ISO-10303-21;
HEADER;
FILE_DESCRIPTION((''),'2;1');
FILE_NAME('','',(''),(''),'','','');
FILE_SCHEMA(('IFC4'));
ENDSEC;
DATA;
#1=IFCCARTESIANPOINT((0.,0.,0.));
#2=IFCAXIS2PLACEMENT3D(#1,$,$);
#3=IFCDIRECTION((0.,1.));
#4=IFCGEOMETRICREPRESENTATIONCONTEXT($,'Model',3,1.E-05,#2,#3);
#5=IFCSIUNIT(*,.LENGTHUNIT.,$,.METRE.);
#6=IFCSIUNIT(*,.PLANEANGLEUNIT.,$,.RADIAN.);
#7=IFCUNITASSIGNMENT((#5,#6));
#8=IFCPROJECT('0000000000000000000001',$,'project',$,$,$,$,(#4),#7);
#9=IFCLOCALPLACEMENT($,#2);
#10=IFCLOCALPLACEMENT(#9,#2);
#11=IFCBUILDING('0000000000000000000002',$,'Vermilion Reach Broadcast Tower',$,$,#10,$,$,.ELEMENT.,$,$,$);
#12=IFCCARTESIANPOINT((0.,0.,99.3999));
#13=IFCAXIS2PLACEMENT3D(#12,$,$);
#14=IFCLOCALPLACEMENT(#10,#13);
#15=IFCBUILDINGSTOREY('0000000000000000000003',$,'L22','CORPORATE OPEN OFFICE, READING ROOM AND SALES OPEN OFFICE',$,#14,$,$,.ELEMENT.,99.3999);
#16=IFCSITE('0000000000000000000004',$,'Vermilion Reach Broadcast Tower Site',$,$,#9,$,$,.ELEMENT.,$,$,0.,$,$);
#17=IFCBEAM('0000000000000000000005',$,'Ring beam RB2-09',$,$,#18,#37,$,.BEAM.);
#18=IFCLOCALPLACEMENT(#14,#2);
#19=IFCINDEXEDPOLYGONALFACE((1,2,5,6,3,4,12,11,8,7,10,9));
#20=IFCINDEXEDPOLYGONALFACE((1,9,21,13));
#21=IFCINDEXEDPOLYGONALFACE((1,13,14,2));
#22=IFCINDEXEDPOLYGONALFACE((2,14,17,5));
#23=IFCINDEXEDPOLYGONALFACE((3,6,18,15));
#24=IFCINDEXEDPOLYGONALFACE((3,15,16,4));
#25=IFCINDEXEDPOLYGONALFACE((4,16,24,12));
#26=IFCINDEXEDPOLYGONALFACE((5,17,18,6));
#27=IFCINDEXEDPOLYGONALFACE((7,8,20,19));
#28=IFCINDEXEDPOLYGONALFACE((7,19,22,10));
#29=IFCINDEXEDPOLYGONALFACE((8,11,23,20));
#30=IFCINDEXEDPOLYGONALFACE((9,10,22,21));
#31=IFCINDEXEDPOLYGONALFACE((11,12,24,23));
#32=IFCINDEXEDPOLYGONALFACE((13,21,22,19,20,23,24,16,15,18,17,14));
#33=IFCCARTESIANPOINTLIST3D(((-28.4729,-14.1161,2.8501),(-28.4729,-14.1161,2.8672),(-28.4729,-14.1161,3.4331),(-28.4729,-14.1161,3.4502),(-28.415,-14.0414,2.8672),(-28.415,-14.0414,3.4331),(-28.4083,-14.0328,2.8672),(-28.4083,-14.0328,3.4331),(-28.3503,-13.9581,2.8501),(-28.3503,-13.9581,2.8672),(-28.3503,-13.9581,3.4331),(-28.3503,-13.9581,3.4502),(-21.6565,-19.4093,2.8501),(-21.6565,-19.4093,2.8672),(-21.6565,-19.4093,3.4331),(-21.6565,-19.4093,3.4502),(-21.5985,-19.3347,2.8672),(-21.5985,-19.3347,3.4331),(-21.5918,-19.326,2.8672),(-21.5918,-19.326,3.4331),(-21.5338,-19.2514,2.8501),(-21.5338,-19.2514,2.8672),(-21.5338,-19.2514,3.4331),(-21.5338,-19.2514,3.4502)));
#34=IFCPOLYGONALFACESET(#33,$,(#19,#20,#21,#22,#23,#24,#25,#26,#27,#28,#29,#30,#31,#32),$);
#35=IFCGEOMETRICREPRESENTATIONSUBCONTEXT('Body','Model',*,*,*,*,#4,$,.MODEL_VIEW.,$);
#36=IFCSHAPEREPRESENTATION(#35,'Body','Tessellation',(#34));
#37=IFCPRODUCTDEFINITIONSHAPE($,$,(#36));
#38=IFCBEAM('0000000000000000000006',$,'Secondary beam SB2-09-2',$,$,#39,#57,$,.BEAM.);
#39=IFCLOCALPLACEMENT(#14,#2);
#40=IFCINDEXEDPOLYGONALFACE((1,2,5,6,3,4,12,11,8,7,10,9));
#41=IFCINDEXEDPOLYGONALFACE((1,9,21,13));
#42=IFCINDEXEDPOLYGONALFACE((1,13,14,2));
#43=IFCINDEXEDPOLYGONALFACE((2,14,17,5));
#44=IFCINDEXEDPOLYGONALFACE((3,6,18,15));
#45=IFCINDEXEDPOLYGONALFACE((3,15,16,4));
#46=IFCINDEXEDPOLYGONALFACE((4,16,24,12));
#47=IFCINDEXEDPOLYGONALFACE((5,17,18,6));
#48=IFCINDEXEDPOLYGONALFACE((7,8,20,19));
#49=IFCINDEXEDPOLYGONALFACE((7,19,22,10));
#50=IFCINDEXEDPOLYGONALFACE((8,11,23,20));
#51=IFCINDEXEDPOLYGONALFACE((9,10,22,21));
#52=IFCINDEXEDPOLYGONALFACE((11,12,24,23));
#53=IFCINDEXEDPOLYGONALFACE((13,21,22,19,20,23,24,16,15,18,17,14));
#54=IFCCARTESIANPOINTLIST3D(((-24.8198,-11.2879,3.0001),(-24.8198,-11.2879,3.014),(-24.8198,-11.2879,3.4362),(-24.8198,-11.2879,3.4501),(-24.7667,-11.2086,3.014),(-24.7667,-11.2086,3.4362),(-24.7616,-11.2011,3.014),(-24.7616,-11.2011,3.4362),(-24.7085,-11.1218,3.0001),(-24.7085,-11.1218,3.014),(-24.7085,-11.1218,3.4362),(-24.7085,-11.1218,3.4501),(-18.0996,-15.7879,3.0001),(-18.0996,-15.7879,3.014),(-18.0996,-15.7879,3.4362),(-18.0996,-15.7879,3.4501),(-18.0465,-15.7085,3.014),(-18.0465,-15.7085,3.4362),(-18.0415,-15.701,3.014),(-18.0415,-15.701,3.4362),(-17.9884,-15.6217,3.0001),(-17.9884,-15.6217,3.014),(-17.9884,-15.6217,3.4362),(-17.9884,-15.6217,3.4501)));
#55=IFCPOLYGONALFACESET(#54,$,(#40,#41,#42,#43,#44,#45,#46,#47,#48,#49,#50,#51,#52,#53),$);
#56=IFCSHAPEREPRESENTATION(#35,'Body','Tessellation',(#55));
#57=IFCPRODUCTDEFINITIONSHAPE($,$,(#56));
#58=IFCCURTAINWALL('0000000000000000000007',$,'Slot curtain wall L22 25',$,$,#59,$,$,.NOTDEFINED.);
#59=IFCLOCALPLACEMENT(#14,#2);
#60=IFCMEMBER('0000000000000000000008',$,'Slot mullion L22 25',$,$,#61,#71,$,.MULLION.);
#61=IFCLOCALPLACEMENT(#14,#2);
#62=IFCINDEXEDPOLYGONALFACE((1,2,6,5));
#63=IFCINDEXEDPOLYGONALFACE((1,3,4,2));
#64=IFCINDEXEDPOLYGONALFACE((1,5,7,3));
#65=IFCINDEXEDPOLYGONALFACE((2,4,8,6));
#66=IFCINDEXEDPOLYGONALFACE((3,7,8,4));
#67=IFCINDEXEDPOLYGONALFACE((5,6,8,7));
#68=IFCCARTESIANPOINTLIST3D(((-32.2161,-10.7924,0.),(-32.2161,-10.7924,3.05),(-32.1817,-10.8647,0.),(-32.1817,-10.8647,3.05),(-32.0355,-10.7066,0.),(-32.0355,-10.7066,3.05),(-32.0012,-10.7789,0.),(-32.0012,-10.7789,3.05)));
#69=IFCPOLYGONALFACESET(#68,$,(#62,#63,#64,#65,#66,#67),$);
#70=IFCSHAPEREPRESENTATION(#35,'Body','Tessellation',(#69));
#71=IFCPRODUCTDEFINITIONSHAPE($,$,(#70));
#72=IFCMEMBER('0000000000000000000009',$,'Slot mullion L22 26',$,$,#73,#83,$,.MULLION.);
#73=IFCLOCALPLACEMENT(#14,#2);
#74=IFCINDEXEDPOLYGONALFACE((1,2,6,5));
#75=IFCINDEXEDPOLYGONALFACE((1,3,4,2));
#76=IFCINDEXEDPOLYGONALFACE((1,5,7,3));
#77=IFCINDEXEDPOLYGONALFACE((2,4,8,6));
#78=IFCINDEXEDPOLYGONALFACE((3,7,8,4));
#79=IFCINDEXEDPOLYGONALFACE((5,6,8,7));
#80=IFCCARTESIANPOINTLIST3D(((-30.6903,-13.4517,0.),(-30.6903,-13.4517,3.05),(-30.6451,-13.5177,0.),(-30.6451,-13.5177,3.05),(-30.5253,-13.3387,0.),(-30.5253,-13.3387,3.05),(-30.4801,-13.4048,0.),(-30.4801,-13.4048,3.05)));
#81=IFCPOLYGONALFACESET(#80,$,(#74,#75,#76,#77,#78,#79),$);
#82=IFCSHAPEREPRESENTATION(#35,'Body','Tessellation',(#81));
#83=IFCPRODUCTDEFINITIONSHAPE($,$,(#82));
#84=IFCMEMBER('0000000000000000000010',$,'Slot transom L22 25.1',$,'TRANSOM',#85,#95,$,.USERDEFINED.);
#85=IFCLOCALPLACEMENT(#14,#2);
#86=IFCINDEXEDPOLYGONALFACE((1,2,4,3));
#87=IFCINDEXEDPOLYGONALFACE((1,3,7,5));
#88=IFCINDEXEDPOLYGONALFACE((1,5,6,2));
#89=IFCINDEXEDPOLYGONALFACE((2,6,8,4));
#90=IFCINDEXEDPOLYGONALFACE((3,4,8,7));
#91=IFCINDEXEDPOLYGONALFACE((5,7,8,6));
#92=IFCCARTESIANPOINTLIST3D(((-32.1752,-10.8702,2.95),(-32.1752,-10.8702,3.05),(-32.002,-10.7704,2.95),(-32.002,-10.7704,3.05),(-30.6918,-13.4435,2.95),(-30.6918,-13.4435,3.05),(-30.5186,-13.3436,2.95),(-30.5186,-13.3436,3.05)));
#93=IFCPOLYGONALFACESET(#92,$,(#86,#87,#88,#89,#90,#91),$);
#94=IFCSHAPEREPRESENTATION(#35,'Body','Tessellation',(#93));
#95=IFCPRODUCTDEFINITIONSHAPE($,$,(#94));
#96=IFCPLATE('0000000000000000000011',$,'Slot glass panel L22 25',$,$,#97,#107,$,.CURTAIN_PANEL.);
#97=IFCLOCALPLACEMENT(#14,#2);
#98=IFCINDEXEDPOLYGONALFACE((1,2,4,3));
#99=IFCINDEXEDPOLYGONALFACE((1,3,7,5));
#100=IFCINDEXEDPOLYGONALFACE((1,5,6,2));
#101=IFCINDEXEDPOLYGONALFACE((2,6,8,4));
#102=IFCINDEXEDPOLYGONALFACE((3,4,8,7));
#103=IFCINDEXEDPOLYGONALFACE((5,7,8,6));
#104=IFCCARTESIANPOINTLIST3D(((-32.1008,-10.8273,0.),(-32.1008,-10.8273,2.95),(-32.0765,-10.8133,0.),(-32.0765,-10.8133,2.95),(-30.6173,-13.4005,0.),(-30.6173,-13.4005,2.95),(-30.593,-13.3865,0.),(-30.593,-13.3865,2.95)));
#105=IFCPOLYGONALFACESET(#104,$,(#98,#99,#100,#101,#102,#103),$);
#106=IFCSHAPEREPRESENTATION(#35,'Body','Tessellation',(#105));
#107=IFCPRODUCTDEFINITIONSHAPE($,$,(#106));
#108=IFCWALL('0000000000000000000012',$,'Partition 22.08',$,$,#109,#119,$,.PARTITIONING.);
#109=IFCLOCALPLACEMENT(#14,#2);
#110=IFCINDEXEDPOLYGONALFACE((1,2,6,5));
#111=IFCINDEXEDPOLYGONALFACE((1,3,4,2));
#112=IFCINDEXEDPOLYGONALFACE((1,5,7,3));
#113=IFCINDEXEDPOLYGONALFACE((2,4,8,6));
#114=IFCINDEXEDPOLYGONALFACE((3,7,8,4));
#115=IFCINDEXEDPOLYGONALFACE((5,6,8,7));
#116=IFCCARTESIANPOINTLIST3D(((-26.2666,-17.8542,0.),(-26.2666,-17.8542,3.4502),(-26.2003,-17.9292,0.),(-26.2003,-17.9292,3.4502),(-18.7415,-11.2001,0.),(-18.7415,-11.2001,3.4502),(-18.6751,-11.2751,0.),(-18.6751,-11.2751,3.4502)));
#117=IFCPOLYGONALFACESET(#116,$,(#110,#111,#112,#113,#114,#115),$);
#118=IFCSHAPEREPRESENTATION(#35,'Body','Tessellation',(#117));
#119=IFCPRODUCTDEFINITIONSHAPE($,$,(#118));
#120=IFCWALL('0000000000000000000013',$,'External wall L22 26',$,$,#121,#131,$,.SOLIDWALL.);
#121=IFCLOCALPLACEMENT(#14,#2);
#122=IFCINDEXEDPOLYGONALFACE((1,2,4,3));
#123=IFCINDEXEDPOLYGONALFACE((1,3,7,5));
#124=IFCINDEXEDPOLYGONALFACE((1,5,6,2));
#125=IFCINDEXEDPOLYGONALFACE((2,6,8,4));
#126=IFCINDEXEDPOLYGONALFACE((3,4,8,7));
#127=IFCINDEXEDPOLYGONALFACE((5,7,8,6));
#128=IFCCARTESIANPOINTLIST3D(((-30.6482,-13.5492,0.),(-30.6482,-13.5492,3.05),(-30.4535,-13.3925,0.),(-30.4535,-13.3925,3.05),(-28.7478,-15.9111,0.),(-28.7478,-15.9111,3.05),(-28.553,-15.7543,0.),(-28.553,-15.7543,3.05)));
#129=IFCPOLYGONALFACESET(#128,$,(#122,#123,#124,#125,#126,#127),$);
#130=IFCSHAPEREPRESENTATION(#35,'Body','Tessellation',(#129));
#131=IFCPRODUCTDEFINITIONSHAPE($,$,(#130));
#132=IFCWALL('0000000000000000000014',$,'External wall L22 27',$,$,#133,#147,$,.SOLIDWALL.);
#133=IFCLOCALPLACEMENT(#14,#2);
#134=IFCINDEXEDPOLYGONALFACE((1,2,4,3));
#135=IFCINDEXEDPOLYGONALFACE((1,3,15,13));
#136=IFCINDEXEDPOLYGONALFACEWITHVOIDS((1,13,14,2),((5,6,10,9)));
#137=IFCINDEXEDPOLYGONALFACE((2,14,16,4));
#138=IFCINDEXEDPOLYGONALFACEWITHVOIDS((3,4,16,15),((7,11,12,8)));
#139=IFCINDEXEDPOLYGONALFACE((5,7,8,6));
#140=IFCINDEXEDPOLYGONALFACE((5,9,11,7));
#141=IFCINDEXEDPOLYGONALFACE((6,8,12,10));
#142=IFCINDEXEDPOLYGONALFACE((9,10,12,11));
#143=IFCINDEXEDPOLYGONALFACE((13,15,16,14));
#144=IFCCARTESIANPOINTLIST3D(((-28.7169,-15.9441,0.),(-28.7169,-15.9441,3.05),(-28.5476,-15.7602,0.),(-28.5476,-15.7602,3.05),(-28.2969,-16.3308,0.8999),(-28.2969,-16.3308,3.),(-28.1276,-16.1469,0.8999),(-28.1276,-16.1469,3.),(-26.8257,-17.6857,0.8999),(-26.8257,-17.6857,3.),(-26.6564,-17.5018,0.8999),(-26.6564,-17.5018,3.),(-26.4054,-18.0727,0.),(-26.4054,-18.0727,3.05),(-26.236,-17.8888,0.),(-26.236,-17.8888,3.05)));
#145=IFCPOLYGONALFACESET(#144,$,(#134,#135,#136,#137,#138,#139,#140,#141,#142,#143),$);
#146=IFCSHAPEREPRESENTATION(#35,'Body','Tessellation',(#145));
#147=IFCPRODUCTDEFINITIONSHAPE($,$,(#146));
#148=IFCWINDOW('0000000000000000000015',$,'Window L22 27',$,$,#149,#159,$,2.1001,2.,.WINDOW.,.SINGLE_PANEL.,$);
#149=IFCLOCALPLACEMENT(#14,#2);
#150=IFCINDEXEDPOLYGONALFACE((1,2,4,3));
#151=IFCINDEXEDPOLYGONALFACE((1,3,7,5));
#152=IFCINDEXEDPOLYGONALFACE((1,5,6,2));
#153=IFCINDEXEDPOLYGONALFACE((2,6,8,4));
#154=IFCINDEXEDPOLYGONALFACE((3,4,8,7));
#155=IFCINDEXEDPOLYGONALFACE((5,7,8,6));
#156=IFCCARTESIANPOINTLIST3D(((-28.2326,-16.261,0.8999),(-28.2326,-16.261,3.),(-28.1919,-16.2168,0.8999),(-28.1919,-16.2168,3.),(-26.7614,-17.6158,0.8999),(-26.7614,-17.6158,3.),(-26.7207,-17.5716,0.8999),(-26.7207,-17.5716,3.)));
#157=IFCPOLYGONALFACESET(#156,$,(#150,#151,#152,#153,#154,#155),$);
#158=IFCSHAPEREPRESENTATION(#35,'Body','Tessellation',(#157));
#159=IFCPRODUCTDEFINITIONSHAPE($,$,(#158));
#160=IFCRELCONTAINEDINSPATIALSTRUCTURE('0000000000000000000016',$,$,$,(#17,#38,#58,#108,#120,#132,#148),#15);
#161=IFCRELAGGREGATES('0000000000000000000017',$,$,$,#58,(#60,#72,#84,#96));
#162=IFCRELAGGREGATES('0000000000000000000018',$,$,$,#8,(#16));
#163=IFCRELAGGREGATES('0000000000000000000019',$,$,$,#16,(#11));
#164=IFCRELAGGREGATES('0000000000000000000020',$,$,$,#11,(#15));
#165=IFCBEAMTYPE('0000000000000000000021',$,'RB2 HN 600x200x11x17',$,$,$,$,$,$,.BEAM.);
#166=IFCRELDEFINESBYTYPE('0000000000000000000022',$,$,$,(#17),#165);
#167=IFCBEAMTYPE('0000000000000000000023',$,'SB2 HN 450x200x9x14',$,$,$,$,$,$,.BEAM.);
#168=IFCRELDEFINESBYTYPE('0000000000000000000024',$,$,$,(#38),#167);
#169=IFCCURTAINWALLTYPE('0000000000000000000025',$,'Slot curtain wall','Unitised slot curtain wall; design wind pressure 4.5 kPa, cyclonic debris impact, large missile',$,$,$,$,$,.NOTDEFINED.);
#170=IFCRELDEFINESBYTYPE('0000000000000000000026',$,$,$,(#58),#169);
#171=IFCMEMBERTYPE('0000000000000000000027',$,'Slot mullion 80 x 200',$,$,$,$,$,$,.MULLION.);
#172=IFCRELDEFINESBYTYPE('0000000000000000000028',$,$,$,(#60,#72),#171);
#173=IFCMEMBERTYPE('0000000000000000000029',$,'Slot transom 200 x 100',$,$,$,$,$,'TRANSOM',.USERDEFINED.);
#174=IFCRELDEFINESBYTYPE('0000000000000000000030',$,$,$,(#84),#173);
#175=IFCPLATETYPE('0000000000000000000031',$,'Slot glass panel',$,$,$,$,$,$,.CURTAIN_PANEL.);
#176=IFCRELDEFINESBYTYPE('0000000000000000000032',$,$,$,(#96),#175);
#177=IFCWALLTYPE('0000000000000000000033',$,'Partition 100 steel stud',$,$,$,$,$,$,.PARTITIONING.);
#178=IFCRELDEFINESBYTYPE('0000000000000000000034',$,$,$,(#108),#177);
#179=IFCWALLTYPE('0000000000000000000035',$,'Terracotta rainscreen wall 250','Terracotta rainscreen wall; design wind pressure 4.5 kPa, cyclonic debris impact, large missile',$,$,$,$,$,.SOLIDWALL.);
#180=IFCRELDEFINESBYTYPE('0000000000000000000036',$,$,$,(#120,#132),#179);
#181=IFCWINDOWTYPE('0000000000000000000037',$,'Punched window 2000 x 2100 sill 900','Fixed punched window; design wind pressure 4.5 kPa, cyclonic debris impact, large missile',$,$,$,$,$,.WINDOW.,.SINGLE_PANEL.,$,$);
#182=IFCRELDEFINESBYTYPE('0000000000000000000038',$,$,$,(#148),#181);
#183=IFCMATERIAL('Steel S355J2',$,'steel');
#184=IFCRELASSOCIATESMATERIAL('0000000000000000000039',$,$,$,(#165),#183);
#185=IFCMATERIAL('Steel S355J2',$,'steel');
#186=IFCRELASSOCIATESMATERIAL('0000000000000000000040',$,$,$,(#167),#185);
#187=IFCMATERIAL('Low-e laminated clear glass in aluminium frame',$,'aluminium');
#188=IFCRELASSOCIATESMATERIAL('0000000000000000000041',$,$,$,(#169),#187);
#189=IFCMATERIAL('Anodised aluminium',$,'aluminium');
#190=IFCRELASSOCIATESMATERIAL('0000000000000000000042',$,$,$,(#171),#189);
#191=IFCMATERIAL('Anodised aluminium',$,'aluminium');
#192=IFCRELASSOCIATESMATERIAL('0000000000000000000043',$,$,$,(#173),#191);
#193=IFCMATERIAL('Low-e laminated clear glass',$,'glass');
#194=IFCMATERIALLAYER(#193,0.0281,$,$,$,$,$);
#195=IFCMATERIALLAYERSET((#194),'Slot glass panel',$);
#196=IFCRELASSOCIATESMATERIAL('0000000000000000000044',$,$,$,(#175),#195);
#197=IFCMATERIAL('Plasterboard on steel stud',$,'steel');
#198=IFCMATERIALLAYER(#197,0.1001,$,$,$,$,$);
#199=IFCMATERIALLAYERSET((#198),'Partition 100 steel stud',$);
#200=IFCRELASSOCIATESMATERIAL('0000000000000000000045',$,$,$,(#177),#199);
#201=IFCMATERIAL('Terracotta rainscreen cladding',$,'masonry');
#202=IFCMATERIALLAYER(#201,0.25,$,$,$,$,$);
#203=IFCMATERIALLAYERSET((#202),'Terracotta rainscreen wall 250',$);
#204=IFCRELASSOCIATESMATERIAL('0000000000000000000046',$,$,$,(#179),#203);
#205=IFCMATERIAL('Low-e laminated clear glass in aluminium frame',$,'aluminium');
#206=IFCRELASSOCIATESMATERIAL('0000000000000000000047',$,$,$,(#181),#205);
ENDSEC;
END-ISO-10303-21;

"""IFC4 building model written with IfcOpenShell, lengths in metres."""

from ifc_helpers import new_model, si_unit, direction, frame, frame_2d, origin, origin_2d, place, context, subcontext, project, spatial, rectangle, i_section, extrude, material, layer, layer_set, material_profile, profile_set, type_object, element, fill, aggregate, save


model = new_model("IFC4")

# Units and contexts
model_context = context("Model", 3, precision=1e-05, world=origin(), true_north=direction((0.0, 1.0)))
body_context = subcontext(model_context, "Body", "Model", "MODEL_VIEW")
ifc_project = project(units=[si_unit("LENGTHUNIT", "METRE"), si_unit("PLANEANGLEUNIT", "RADIAN")], contexts=[model_context])

# Site, building, storey
site_placement = place(None, origin())
site = spatial("IfcSite", under=ifc_project, at=site_placement, Name="Vermilion Reach Broadcast Tower Site", CompositionType="ELEMENT", RefElevation=0.0)
building_placement = place(site_placement, origin())
building = spatial("IfcBuilding", under=site, at=building_placement, Name="Vermilion Reach Broadcast Tower", CompositionType="ELEMENT")
storey_placement = place(building_placement, frame((0.0, 0.0, 99.3999)))
storey = spatial("IfcBuildingStorey", under=building, at=storey_placement, Name="L22", Description="CORPORATE OPEN OFFICE, READING ROOM AND SALES OPEN OFFICE", CompositionType="ELEMENT", Elevation=99.3999)

# Beams
ifc_material_1 = material(Name="Steel S355J2", Category="steel")
ifc_material_profile_1 = material_profile(ifc_material_1, i_section(OverallWidth=0.2, OverallDepth=0.6001, WebThickness=0.011, FlangeThickness=0.0171, at=origin_2d()), Name="S355J2 HN 600x200x11x17")
ifc_profile_set_1 = profile_set([ifc_material_profile_1], Name="Steel S355J2")
beam_type_1 = type_object("IfcBeamType", Name="RB2 HN 600x200x11x17", PredefinedType="BEAM", material=ifc_profile_set_1)
beam_1_placement = place(storey_placement, frame((-28.4116, -14.0371, 3.1501), z_axis=(0.789826, -0.613331, 0.0), x_axis=(0.613331, 0.789826, 0.0)))
element("IfcBeam", 1, at=beam_1_placement, inside=storey, type_object=beam_type_1, Name="Ring beam RB2-09", PredefinedType="BEAM", context=body_context, shape_type="SweptSolid", body=[
    extrude(i_section(OverallWidth=0.2, OverallDepth=0.6001, WebThickness=0.011, FlangeThickness=0.0171, at=origin_2d()), origin(), (0.0, 0.0, 1.0), 8.6304),
])
ifc_material_2 = material(Name="Steel S355J2", Category="steel")
ifc_material_profile_2 = material_profile(ifc_material_2, i_section(OverallWidth=0.2, OverallDepth=0.45, WebThickness=0.009, FlangeThickness=0.0139, at=origin_2d()), Name="S355J2 HN 450x200x9x14")
ifc_profile_set_2 = profile_set([ifc_material_profile_2], Name="Steel S355J2")
beam_type_2 = type_object("IfcBeamType", Name="SB2 HN 450x200x9x14", PredefinedType="BEAM", material=ifc_profile_set_2)
beam_2_placement = place(storey_placement, frame((-24.7642, -11.2048, 3.2251), z_axis=(0.830915, -0.556399, 0.0), x_axis=(0.556399, 0.830915, 0.0)))
element("IfcBeam", 2, at=beam_2_placement, inside=storey, type_object=beam_type_2, Name="Secondary beam SB2-09-2", PredefinedType="BEAM", context=body_context, shape_type="SweptSolid", body=[
    extrude(i_section(OverallWidth=0.2, OverallDepth=0.45, WebThickness=0.009, FlangeThickness=0.0139, at=origin_2d()), origin(), (0.0, 0.0, 1.0), 8.0876),
])

# Curtain wall, members, plate
ifc_material_3 = material(Name="Low-e laminated clear glass in aluminium frame", Category="aluminium")
curtain_wall_type = type_object("IfcCurtainWallType", Name="Slot curtain wall", Description="Unitised slot curtain wall; design wind pressure 4.5 kPa, cyclonic debris impact, large missile", PredefinedType="NOTDEFINED", material=ifc_material_3)
curtain_wall_placement = place(storey_placement, origin())
curtain_wall = element("IfcCurtainWall", 3, at=curtain_wall_placement, inside=storey, type_object=curtain_wall_type, Name="Slot curtain wall L22 25", PredefinedType="NOTDEFINED")
ifc_material_4 = material(Name="Anodised aluminium", Category="aluminium")
ifc_material_profile_3 = material_profile(ifc_material_4, rectangle(XDim=0.2, YDim=0.0801, at=origin_2d()), Name="Slot mullion 80 x 200")
ifc_profile_set_3 = profile_set([ifc_material_profile_3], Name="Anodised aluminium")
member_type_1 = type_object("IfcMemberType", Name="Slot mullion 80 x 200", PredefinedType="MULLION", material=ifc_profile_set_3)
member_1_placement = place(storey_placement, frame((-32.1086, -10.7856, 0.0), z_axis=(0.0, 0.0, 1.0), x_axis=(0.903119, 0.42939, 0.0)))
member_1 = element("IfcMember", 4, at=member_1_placement, type_object=member_type_1, Name="Slot mullion L22 25", PredefinedType="MULLION", context=body_context, shape_type="SweptSolid", body=[
    extrude(rectangle(XDim=0.2, YDim=0.0801, at=origin_2d()), origin(), (0.0, 0.0, 1.0), 3.05),
])
member_2_placement = place(storey_placement, frame((-30.5852, -13.4282, 0.0), z_axis=(0.0, 0.0, 1.0), x_axis=(0.825178, 0.564872, 0.0)))
member_2 = element("IfcMember", 5, at=member_2_placement, type_object=member_type_1, Name="Slot mullion L22 26", PredefinedType="MULLION", context=body_context, shape_type="SweptSolid", body=[
    extrude(rectangle(XDim=0.2, YDim=0.0801, at=origin_2d()), origin(), (0.0, 0.0, 1.0), 3.05),
])
ifc_material_5 = material(Name="Anodised aluminium", Category="aluminium")
ifc_material_profile_4 = material_profile(ifc_material_5, rectangle(XDim=0.2, YDim=0.1001, at=origin_2d()), Name="Slot transom 200 x 100")
ifc_profile_set_4 = profile_set([ifc_material_profile_4], Name="Anodised aluminium")
member_type_2 = type_object("IfcMemberType", Name="Slot transom 200 x 100", ElementType="TRANSOM", PredefinedType="USERDEFINED", material=ifc_profile_set_4)
member_3_placement = place(storey_placement, frame((-32.0886, -10.8203, 3.0), z_axis=(0.499428, -0.866355, 0.0), x_axis=(0.866355, 0.499428, 0.0)))
member_3 = element("IfcMember", 6, at=member_3_placement, type_object=member_type_2, Name="Slot transom L22 25.1", ObjectType="TRANSOM", PredefinedType="USERDEFINED", context=body_context, shape_type="SweptSolid", body=[
    extrude(rectangle(XDim=0.2, YDim=0.1001, at=origin_2d()), origin(), (0.0, 0.0, 1.0), 2.9702),
])
ifc_material_6 = material(Name="Low-e laminated clear glass", Category="glass")
ifc_layer_1 = layer(ifc_material_6, 0.0281)
ifc_layer_set_1 = layer_set([ifc_layer_1], Name="Slot glass panel")
plate_type = type_object("IfcPlateType", Name="Slot glass panel", PredefinedType="CURTAIN_PANEL", material=ifc_layer_set_1)
plate_placement = place(storey_placement, frame((-31.3469, -12.1069, 0.0), z_axis=(0.0, 0.0, 1.0), x_axis=(0.499464, -0.866335, 0.0)))
plate = element("IfcPlate", 7, at=plate_placement, type_object=plate_type, Name="Slot glass panel L22 25", PredefinedType="CURTAIN_PANEL", context=body_context, shape_type="SweptSolid", body=[
    extrude(rectangle(XDim=2.9702, YDim=0.0281, at=origin_2d()), origin(), (0.0, 0.0, 1.0), 2.95),
])
aggregate(curtain_wall, [member_1, member_2, member_3, plate])

# Walls
ifc_material_7 = material(Name="Plasterboard on steel stud", Category="steel")
ifc_layer_2 = layer(ifc_material_7, 0.1001)
ifc_layer_set_2 = layer_set([ifc_layer_2], Name="Partition 100 steel stud")
wall_type_1 = type_object("IfcWallType", Name="Partition 100 steel stud", PredefinedType="PARTITIONING", material=ifc_layer_set_2)
wall_1_placement = place(storey_placement, frame((-26.2334, -17.8916, 0.0), z_axis=(0.0, 0.0, 1.0), x_axis=(0.749135, 0.662417, 0.0)))
element("IfcWall", 8, at=wall_1_placement, inside=storey, type_object=wall_type_1, Name="Partition 22.08", PredefinedType="PARTITIONING", context=body_context, shape_type="SweptSolid", body=[
    extrude(rectangle(XDim=10.0452, YDim=0.1001, at=frame_2d((5.0225, 0.0))), origin(), (0.0, 0.0, 1.0), 3.4502),
])
ifc_material_8 = material(Name="Terracotta rainscreen cladding", Category="masonry")
ifc_layer_3 = layer(ifc_material_8, 0.25)
ifc_layer_set_3 = layer_set([ifc_layer_3], Name="Terracotta rainscreen wall 250")
wall_type_2 = type_object("IfcWallType", Name="Terracotta rainscreen wall 250", Description="Terracotta rainscreen wall; design wind pressure 4.5 kPa, cyclonic debris impact, large missile", PredefinedType="SOLIDWALL", material=ifc_layer_set_3)
wall_2_placement = place(storey_placement, frame((-30.5508, -13.4709, 0.0), z_axis=(0.0, 0.0, 1.0), x_axis=(0.626893, -0.779106, 0.0)))
element("IfcWall", 9, at=wall_2_placement, inside=storey, type_object=wall_type_2, Name="External wall L22 26", PredefinedType="SOLIDWALL", context=body_context, shape_type="SweptSolid", body=[
    extrude(rectangle(XDim=3.0315, YDim=0.25, at=frame_2d((1.5156, 0.0))), origin(), (0.0, 0.0, 1.0), 3.05),
])

# Wall, opening, window
wall_3_placement = place(storey_placement, frame((-28.6323, -15.8521, 0.0), z_axis=(0.0, 0.0, 1.0), x_axis=(0.735604, -0.677412, 0.0)))
wall_3 = element("IfcWall", 10, at=wall_3_placement, inside=storey, type_object=wall_type_2, Name="External wall L22 27", PredefinedType="SOLIDWALL", context=body_context, shape_type="SweptSolid", body=[
    extrude(rectangle(XDim=3.1423, YDim=0.25, at=frame_2d((1.5713, 0.0))), origin(), (0.0, 0.0, 1.0), 3.05),
])
opening_1_placement = place(wall_3_placement, frame((0.571, 0.0, 0.8999)))
opening_1 = element("IfcOpeningElement", 11, at=opening_1_placement, cuts=wall_3, PredefinedType="OPENING", context=body_context, shape_type="SweptSolid", body=[
    extrude(rectangle(XDim=2.0, YDim=2.1001, at=frame_2d((1.0, 1.05))), frame((0.0, 0.135, 0.0), z_axis=(0.0, -1.0, 0.0), x_axis=(1.0, 0.0, 0.0)), (0.0, 0.0, 1.0), 0.27),
])
ifc_material_9 = material(Name="Low-e laminated clear glass in aluminium frame", Category="aluminium")
window_type = type_object("IfcWindowType", Name="Punched window 2000 x 2100 sill 900", Description="Fixed punched window; design wind pressure 4.5 kPa, cyclonic debris impact, large missile", PartitioningType="SINGLE_PANEL", PredefinedType="WINDOW", material=ifc_material_9)
window_1_placement = place(opening_1_placement, origin())
window_1 = element("IfcWindow", 12, at=window_1_placement, inside=storey, type_object=window_type, Name="Window L22 27", OverallHeight=2.1001, OverallWidth=2.0, PartitioningType="SINGLE_PANEL", PredefinedType="WINDOW", context=body_context, shape_type="SweptSolid", body=[
    extrude(rectangle(XDim=2.0, YDim=2.1001, at=frame_2d((1.0, 1.05))), frame((0.0, 0.03, 0.0), z_axis=(0.0, -1.0, 0.0), x_axis=(1.0, 0.0, 0.0)), (0.0, 0.0, 1.0), 0.0601),
])
fill(opening_1, window_1)

save(model, "model.ifc")
